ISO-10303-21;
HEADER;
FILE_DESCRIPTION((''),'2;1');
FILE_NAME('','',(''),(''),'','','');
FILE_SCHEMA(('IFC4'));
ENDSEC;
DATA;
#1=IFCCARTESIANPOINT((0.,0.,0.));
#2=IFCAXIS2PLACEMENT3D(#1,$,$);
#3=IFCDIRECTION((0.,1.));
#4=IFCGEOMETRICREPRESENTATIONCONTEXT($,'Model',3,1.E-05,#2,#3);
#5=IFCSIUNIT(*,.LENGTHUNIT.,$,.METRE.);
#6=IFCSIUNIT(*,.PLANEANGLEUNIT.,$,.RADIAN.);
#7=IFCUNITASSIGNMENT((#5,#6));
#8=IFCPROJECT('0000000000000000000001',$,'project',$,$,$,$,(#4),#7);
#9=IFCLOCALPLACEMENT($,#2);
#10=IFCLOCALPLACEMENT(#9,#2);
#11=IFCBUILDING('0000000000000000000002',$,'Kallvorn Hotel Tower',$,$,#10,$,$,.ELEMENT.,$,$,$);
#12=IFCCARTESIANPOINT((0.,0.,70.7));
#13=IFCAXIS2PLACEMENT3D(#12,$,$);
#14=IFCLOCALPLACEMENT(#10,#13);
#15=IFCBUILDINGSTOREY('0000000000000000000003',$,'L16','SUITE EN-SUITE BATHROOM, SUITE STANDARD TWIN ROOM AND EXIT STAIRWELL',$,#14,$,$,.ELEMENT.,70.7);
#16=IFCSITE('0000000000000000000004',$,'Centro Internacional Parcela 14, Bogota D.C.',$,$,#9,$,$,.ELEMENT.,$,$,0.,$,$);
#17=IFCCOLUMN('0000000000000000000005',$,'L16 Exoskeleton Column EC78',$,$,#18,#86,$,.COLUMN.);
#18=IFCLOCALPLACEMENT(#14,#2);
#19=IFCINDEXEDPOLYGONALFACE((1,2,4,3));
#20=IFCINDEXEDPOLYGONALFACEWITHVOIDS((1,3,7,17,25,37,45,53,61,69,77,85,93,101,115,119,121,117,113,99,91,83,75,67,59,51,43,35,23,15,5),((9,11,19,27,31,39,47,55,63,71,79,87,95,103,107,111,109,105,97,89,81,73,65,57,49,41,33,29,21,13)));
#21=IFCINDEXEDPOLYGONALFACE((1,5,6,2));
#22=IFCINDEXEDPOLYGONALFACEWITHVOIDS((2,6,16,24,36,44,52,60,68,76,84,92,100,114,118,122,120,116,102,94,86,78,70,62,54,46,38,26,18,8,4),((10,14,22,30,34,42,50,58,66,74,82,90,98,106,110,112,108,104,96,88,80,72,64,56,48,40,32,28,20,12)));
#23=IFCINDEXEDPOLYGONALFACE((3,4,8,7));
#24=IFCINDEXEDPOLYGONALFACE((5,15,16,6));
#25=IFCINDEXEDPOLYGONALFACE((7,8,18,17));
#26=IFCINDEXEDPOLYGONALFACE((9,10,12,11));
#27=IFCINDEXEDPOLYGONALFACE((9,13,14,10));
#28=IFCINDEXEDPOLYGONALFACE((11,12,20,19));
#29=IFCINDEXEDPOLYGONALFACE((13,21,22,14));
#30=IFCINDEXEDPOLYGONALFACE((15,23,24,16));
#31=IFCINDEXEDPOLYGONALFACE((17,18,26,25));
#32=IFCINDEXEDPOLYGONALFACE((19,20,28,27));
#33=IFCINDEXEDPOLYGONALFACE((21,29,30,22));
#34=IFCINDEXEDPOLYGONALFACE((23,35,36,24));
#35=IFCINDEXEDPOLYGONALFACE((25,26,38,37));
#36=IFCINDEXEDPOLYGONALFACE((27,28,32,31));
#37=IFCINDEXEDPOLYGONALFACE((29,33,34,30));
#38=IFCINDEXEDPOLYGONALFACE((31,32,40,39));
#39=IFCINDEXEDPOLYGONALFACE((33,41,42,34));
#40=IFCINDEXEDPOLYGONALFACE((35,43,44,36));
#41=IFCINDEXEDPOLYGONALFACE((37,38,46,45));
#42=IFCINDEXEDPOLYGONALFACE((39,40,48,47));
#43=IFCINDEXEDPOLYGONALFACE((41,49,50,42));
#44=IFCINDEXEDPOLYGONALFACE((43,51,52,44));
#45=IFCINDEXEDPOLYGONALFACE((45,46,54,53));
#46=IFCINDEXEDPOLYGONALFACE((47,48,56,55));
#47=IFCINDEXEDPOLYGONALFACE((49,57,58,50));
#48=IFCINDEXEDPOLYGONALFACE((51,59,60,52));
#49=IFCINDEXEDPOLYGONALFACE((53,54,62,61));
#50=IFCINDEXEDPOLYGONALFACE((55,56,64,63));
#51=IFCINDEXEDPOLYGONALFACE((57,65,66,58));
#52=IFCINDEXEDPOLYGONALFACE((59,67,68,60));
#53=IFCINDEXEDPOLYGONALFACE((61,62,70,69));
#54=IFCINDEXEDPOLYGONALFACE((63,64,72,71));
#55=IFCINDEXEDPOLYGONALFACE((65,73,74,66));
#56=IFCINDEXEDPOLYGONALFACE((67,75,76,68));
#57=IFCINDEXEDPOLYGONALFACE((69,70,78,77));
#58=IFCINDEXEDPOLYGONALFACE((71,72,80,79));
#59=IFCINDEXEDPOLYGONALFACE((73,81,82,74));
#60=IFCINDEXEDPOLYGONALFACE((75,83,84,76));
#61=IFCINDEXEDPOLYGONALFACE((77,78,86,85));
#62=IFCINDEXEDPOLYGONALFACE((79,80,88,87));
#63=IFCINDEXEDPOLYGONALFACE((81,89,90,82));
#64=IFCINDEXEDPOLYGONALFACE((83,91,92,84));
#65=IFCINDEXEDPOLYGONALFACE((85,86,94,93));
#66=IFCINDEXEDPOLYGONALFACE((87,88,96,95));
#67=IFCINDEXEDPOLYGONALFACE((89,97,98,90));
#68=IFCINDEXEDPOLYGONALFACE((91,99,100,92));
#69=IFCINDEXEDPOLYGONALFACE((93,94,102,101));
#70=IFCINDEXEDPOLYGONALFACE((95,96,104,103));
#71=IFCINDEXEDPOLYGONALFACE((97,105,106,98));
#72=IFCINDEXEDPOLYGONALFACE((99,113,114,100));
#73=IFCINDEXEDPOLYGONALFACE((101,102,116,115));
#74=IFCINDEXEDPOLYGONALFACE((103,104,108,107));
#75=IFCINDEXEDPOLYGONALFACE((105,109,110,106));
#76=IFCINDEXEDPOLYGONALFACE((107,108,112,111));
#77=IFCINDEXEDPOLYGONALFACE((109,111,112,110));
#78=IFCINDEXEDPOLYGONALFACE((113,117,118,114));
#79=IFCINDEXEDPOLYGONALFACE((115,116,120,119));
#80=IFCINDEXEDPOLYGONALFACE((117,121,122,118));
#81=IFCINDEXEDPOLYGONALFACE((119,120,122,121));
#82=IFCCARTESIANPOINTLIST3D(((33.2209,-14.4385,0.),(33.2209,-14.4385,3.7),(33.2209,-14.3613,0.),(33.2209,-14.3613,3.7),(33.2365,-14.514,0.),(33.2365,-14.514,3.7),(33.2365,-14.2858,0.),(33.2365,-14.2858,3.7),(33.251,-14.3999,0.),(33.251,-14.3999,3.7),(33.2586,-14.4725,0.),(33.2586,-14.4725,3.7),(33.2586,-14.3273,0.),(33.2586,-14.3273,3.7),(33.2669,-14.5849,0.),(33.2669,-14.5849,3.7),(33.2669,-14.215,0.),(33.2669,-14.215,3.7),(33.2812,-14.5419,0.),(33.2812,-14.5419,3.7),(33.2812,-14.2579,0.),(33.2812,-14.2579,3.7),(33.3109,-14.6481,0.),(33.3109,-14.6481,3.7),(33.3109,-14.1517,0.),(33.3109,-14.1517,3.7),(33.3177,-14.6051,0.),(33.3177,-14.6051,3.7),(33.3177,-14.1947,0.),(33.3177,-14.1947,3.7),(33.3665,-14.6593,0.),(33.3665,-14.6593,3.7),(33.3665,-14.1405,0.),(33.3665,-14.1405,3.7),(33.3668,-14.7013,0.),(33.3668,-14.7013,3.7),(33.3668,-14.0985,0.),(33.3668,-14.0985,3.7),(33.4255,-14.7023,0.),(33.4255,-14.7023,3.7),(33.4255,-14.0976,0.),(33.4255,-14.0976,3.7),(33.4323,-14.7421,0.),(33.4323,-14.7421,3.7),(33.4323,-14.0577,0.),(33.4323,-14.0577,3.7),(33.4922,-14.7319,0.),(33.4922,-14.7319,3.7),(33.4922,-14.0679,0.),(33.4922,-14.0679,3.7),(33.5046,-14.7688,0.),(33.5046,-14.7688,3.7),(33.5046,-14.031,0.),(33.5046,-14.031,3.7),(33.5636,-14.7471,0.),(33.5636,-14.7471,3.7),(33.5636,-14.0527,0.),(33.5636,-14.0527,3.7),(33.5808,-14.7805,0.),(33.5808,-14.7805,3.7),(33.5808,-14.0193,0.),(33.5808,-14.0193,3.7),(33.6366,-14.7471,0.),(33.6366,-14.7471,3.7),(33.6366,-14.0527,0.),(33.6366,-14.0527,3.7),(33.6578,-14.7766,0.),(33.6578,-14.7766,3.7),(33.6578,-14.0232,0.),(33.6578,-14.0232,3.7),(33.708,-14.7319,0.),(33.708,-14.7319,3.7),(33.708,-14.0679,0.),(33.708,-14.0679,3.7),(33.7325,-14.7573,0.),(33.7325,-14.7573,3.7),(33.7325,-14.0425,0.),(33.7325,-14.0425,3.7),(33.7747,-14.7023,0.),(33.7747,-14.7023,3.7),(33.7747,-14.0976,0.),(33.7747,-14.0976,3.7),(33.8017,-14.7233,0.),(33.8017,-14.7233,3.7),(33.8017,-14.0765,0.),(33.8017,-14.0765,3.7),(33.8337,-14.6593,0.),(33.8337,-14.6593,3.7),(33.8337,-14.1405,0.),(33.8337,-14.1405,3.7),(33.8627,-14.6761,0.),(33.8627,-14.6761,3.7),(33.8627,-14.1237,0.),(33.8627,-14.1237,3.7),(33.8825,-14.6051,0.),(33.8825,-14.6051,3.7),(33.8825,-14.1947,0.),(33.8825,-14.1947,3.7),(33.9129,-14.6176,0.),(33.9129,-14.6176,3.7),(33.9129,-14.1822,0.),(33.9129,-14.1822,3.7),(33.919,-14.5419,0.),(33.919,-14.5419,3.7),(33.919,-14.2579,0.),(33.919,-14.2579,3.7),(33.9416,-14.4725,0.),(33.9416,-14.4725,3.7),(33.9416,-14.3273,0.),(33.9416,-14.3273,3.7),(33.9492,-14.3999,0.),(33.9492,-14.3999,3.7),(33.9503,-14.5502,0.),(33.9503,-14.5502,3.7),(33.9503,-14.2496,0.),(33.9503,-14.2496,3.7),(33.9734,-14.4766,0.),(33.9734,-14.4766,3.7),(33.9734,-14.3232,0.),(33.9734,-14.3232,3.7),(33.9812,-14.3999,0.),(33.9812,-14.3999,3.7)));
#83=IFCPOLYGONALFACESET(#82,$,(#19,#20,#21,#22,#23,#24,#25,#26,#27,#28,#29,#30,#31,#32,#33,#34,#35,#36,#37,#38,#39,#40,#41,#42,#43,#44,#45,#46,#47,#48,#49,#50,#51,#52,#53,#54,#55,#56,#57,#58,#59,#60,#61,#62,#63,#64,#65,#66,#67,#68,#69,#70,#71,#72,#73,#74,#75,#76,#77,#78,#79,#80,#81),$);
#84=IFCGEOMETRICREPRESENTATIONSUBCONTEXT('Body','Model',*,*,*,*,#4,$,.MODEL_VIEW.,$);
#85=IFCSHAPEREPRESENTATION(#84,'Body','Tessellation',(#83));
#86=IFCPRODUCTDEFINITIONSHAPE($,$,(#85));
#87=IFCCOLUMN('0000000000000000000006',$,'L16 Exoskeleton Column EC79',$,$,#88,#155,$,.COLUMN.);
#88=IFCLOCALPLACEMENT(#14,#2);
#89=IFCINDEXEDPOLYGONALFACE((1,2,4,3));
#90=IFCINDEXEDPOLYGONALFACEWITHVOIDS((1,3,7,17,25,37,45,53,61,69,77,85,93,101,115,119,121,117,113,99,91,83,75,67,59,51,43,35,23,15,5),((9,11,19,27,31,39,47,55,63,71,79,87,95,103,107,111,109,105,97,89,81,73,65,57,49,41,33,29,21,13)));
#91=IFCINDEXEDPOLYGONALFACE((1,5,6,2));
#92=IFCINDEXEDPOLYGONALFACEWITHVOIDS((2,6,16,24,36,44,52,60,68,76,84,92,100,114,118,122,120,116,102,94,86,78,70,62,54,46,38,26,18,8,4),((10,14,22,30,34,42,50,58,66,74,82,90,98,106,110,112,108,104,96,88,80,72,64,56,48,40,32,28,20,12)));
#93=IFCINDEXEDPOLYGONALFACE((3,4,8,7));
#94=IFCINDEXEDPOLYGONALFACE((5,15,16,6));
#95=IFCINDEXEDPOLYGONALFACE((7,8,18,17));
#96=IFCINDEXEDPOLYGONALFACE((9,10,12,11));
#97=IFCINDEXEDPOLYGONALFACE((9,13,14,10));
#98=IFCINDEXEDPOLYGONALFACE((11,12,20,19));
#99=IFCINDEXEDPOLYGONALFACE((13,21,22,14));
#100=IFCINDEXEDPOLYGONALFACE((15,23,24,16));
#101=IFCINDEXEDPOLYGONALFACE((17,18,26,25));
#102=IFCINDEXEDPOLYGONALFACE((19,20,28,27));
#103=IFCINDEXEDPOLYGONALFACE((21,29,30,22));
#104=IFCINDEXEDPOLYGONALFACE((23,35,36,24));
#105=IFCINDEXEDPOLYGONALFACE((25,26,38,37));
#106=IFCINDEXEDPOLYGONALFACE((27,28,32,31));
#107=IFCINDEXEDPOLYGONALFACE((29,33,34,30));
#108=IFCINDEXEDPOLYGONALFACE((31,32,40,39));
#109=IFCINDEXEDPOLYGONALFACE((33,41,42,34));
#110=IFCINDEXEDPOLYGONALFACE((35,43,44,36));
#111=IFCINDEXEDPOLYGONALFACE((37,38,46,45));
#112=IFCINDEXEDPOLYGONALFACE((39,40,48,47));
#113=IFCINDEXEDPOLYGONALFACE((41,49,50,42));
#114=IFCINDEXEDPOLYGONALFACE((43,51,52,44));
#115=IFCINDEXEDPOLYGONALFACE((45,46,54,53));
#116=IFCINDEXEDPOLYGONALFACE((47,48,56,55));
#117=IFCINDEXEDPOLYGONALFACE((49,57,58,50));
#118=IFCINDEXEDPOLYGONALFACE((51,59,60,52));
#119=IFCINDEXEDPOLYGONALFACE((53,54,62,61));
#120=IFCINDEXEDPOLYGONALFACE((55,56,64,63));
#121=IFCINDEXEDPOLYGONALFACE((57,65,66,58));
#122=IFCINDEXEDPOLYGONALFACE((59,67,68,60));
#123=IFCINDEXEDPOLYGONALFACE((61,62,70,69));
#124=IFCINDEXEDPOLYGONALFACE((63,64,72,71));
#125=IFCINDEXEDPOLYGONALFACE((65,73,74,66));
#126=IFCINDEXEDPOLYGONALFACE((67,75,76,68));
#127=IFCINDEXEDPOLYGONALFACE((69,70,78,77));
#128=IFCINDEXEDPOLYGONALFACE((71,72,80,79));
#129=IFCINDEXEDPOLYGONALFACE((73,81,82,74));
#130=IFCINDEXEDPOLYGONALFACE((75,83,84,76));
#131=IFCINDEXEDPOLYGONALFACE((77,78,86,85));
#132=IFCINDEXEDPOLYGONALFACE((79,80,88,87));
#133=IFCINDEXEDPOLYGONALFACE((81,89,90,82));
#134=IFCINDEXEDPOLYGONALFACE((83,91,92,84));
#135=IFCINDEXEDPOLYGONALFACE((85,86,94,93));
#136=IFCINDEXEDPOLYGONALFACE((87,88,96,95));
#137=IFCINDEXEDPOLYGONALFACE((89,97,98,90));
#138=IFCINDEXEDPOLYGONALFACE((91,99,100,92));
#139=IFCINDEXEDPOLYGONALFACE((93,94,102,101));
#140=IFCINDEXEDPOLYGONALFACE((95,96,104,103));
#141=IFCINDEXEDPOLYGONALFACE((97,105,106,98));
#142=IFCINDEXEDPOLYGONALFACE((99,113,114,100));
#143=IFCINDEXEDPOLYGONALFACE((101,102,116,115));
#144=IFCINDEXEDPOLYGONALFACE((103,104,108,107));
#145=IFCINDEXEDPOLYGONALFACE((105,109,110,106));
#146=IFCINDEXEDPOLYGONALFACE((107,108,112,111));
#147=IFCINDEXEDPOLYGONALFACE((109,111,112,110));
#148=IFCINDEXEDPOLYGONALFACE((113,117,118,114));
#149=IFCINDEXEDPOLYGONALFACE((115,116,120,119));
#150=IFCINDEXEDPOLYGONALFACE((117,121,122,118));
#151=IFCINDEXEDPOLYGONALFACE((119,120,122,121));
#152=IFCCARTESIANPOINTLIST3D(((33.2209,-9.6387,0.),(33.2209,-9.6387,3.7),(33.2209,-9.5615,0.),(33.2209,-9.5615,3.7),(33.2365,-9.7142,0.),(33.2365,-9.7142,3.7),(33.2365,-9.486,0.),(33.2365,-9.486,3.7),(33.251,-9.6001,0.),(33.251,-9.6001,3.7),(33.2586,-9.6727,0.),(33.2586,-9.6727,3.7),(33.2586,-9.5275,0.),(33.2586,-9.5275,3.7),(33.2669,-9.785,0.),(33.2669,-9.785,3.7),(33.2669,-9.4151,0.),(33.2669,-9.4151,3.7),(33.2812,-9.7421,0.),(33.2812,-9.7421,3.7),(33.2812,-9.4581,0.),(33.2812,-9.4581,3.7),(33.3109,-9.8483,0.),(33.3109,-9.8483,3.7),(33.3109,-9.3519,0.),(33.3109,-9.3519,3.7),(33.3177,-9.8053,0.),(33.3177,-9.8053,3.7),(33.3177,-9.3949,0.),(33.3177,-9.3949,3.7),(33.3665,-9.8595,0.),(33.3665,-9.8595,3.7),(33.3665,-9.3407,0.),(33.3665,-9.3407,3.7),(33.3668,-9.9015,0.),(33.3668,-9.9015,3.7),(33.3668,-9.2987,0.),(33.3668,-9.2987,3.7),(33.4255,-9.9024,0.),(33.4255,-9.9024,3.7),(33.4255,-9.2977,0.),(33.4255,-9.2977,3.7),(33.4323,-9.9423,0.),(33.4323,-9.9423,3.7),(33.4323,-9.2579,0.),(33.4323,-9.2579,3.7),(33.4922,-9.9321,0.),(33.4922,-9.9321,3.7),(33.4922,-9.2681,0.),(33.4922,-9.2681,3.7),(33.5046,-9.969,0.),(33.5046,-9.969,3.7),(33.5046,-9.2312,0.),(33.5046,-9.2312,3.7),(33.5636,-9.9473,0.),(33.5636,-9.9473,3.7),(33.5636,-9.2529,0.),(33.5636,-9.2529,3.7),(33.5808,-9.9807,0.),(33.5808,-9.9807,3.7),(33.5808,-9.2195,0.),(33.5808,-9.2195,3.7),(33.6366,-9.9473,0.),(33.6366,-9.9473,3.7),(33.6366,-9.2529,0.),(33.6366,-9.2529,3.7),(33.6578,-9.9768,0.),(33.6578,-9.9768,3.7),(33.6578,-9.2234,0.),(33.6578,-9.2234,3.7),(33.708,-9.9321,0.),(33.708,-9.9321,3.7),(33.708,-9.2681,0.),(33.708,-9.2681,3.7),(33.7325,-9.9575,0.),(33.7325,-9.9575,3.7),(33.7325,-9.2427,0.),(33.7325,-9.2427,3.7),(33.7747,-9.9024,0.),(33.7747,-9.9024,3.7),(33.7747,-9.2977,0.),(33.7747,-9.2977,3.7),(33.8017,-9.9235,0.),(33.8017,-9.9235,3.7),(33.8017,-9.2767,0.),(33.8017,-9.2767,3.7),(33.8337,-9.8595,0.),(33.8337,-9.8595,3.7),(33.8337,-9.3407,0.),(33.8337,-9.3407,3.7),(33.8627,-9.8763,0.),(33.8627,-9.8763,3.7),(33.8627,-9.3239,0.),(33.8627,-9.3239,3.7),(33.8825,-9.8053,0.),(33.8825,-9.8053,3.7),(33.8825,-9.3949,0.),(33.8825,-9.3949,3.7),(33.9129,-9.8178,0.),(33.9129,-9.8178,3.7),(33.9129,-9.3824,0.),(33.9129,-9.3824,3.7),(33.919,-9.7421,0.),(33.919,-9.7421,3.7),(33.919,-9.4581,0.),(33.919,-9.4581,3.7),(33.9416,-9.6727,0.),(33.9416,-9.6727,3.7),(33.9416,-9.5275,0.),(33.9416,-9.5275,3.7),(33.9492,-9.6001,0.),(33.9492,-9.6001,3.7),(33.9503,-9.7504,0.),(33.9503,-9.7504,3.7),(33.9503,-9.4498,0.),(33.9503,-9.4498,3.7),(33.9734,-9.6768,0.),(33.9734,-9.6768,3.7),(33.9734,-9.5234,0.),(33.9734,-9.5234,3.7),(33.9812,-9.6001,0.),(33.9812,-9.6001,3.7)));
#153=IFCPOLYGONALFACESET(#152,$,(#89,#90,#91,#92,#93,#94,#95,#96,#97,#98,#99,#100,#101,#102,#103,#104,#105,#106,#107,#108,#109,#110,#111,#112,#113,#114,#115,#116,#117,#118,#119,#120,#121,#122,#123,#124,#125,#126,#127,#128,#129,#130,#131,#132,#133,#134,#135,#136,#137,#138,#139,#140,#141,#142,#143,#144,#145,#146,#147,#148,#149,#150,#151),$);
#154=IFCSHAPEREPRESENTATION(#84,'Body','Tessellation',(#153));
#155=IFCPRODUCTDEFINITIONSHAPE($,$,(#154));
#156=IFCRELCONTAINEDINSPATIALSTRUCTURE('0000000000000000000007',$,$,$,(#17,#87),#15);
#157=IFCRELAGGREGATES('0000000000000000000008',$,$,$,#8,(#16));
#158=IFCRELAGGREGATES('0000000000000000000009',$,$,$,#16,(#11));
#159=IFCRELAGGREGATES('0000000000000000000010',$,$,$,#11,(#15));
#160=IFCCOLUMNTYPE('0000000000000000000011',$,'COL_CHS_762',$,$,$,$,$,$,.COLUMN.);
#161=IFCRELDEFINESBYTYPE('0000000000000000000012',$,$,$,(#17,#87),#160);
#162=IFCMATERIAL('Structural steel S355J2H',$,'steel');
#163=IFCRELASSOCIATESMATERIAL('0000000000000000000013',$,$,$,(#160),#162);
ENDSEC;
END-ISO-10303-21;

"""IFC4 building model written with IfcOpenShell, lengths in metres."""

from ifc_helpers import new_model, si_unit, direction, frame, origin, origin_2d, place, context, subcontext, project, spatial, hollow_circle, extrude, material, material_profile, profile_set, type_object, element, save


model = new_model("IFC4")

# Units and contexts
model_context = context("Model", 3, precision=1e-05, world=origin(), true_north=direction((0.0, 1.0)))
body_context = subcontext(model_context, "Body", "Model", "MODEL_VIEW")
ifc_project = project(units=[si_unit("LENGTHUNIT", "METRE"), si_unit("PLANEANGLEUNIT", "RADIAN")], contexts=[model_context])

# Site, building, storey
site_placement = place(None, origin())
site = spatial("IfcSite", under=ifc_project, at=site_placement, Name="Centro Internacional Parcela 14, Bogota D.C.", CompositionType="ELEMENT", RefElevation=0.0)
building_placement = place(site_placement, origin())
building = spatial("IfcBuilding", under=site, at=building_placement, Name="Kallvorn Hotel Tower", CompositionType="ELEMENT")
storey_placement = place(building_placement, frame((0.0, 0.0, 70.7)))
storey = spatial("IfcBuildingStorey", under=building, at=storey_placement, Name="L16", Description="SUITE EN-SUITE BATHROOM, SUITE STANDARD TWIN ROOM AND EXIT STAIRWELL", CompositionType="ELEMENT", Elevation=70.7)

# Columns
ifc_material_1 = material(Name="Structural steel S355J2H", Category="steel")
ifc_material_profile_1 = material_profile(ifc_material_1, hollow_circle(Radius=0.3811, WallThickness=0.032, at=origin_2d()), Name="CHS 762x32")
ifc_profile_set_1 = profile_set([ifc_material_profile_1], Name="Structural steel S355J2H")
column_type_1 = type_object("IfcColumnType", Name="COL_CHS_762", PredefinedType="COLUMN", material=ifc_profile_set_1)
for number, where, z_axis, x_axis, name in (
    (1, (33.6001, -14.3999, 0.0), (0.0, 0.0, 1.0), (1.0, 0.0, 0.0), "L16 Exoskeleton Column EC78"),
    (2, (33.6001, -9.6001, 0.0), (0.0, 0.0, 1.0), (1.0, 0.0, 0.0), "L16 Exoskeleton Column EC79"),
):
    element("IfcColumn", number, at=place(storey_placement, frame(where, z_axis=z_axis, x_axis=x_axis)), inside=storey, type_object=column_type_1, Name=name, PredefinedType="COLUMN", context=body_context, shape_type="SweptSolid", body=[
        extrude(hollow_circle(Radius=0.3811, WallThickness=0.032, at=origin_2d()), origin(), (0.0, 0.0, 1.0), 3.7),
    ])

save(model, "model.ifc")
